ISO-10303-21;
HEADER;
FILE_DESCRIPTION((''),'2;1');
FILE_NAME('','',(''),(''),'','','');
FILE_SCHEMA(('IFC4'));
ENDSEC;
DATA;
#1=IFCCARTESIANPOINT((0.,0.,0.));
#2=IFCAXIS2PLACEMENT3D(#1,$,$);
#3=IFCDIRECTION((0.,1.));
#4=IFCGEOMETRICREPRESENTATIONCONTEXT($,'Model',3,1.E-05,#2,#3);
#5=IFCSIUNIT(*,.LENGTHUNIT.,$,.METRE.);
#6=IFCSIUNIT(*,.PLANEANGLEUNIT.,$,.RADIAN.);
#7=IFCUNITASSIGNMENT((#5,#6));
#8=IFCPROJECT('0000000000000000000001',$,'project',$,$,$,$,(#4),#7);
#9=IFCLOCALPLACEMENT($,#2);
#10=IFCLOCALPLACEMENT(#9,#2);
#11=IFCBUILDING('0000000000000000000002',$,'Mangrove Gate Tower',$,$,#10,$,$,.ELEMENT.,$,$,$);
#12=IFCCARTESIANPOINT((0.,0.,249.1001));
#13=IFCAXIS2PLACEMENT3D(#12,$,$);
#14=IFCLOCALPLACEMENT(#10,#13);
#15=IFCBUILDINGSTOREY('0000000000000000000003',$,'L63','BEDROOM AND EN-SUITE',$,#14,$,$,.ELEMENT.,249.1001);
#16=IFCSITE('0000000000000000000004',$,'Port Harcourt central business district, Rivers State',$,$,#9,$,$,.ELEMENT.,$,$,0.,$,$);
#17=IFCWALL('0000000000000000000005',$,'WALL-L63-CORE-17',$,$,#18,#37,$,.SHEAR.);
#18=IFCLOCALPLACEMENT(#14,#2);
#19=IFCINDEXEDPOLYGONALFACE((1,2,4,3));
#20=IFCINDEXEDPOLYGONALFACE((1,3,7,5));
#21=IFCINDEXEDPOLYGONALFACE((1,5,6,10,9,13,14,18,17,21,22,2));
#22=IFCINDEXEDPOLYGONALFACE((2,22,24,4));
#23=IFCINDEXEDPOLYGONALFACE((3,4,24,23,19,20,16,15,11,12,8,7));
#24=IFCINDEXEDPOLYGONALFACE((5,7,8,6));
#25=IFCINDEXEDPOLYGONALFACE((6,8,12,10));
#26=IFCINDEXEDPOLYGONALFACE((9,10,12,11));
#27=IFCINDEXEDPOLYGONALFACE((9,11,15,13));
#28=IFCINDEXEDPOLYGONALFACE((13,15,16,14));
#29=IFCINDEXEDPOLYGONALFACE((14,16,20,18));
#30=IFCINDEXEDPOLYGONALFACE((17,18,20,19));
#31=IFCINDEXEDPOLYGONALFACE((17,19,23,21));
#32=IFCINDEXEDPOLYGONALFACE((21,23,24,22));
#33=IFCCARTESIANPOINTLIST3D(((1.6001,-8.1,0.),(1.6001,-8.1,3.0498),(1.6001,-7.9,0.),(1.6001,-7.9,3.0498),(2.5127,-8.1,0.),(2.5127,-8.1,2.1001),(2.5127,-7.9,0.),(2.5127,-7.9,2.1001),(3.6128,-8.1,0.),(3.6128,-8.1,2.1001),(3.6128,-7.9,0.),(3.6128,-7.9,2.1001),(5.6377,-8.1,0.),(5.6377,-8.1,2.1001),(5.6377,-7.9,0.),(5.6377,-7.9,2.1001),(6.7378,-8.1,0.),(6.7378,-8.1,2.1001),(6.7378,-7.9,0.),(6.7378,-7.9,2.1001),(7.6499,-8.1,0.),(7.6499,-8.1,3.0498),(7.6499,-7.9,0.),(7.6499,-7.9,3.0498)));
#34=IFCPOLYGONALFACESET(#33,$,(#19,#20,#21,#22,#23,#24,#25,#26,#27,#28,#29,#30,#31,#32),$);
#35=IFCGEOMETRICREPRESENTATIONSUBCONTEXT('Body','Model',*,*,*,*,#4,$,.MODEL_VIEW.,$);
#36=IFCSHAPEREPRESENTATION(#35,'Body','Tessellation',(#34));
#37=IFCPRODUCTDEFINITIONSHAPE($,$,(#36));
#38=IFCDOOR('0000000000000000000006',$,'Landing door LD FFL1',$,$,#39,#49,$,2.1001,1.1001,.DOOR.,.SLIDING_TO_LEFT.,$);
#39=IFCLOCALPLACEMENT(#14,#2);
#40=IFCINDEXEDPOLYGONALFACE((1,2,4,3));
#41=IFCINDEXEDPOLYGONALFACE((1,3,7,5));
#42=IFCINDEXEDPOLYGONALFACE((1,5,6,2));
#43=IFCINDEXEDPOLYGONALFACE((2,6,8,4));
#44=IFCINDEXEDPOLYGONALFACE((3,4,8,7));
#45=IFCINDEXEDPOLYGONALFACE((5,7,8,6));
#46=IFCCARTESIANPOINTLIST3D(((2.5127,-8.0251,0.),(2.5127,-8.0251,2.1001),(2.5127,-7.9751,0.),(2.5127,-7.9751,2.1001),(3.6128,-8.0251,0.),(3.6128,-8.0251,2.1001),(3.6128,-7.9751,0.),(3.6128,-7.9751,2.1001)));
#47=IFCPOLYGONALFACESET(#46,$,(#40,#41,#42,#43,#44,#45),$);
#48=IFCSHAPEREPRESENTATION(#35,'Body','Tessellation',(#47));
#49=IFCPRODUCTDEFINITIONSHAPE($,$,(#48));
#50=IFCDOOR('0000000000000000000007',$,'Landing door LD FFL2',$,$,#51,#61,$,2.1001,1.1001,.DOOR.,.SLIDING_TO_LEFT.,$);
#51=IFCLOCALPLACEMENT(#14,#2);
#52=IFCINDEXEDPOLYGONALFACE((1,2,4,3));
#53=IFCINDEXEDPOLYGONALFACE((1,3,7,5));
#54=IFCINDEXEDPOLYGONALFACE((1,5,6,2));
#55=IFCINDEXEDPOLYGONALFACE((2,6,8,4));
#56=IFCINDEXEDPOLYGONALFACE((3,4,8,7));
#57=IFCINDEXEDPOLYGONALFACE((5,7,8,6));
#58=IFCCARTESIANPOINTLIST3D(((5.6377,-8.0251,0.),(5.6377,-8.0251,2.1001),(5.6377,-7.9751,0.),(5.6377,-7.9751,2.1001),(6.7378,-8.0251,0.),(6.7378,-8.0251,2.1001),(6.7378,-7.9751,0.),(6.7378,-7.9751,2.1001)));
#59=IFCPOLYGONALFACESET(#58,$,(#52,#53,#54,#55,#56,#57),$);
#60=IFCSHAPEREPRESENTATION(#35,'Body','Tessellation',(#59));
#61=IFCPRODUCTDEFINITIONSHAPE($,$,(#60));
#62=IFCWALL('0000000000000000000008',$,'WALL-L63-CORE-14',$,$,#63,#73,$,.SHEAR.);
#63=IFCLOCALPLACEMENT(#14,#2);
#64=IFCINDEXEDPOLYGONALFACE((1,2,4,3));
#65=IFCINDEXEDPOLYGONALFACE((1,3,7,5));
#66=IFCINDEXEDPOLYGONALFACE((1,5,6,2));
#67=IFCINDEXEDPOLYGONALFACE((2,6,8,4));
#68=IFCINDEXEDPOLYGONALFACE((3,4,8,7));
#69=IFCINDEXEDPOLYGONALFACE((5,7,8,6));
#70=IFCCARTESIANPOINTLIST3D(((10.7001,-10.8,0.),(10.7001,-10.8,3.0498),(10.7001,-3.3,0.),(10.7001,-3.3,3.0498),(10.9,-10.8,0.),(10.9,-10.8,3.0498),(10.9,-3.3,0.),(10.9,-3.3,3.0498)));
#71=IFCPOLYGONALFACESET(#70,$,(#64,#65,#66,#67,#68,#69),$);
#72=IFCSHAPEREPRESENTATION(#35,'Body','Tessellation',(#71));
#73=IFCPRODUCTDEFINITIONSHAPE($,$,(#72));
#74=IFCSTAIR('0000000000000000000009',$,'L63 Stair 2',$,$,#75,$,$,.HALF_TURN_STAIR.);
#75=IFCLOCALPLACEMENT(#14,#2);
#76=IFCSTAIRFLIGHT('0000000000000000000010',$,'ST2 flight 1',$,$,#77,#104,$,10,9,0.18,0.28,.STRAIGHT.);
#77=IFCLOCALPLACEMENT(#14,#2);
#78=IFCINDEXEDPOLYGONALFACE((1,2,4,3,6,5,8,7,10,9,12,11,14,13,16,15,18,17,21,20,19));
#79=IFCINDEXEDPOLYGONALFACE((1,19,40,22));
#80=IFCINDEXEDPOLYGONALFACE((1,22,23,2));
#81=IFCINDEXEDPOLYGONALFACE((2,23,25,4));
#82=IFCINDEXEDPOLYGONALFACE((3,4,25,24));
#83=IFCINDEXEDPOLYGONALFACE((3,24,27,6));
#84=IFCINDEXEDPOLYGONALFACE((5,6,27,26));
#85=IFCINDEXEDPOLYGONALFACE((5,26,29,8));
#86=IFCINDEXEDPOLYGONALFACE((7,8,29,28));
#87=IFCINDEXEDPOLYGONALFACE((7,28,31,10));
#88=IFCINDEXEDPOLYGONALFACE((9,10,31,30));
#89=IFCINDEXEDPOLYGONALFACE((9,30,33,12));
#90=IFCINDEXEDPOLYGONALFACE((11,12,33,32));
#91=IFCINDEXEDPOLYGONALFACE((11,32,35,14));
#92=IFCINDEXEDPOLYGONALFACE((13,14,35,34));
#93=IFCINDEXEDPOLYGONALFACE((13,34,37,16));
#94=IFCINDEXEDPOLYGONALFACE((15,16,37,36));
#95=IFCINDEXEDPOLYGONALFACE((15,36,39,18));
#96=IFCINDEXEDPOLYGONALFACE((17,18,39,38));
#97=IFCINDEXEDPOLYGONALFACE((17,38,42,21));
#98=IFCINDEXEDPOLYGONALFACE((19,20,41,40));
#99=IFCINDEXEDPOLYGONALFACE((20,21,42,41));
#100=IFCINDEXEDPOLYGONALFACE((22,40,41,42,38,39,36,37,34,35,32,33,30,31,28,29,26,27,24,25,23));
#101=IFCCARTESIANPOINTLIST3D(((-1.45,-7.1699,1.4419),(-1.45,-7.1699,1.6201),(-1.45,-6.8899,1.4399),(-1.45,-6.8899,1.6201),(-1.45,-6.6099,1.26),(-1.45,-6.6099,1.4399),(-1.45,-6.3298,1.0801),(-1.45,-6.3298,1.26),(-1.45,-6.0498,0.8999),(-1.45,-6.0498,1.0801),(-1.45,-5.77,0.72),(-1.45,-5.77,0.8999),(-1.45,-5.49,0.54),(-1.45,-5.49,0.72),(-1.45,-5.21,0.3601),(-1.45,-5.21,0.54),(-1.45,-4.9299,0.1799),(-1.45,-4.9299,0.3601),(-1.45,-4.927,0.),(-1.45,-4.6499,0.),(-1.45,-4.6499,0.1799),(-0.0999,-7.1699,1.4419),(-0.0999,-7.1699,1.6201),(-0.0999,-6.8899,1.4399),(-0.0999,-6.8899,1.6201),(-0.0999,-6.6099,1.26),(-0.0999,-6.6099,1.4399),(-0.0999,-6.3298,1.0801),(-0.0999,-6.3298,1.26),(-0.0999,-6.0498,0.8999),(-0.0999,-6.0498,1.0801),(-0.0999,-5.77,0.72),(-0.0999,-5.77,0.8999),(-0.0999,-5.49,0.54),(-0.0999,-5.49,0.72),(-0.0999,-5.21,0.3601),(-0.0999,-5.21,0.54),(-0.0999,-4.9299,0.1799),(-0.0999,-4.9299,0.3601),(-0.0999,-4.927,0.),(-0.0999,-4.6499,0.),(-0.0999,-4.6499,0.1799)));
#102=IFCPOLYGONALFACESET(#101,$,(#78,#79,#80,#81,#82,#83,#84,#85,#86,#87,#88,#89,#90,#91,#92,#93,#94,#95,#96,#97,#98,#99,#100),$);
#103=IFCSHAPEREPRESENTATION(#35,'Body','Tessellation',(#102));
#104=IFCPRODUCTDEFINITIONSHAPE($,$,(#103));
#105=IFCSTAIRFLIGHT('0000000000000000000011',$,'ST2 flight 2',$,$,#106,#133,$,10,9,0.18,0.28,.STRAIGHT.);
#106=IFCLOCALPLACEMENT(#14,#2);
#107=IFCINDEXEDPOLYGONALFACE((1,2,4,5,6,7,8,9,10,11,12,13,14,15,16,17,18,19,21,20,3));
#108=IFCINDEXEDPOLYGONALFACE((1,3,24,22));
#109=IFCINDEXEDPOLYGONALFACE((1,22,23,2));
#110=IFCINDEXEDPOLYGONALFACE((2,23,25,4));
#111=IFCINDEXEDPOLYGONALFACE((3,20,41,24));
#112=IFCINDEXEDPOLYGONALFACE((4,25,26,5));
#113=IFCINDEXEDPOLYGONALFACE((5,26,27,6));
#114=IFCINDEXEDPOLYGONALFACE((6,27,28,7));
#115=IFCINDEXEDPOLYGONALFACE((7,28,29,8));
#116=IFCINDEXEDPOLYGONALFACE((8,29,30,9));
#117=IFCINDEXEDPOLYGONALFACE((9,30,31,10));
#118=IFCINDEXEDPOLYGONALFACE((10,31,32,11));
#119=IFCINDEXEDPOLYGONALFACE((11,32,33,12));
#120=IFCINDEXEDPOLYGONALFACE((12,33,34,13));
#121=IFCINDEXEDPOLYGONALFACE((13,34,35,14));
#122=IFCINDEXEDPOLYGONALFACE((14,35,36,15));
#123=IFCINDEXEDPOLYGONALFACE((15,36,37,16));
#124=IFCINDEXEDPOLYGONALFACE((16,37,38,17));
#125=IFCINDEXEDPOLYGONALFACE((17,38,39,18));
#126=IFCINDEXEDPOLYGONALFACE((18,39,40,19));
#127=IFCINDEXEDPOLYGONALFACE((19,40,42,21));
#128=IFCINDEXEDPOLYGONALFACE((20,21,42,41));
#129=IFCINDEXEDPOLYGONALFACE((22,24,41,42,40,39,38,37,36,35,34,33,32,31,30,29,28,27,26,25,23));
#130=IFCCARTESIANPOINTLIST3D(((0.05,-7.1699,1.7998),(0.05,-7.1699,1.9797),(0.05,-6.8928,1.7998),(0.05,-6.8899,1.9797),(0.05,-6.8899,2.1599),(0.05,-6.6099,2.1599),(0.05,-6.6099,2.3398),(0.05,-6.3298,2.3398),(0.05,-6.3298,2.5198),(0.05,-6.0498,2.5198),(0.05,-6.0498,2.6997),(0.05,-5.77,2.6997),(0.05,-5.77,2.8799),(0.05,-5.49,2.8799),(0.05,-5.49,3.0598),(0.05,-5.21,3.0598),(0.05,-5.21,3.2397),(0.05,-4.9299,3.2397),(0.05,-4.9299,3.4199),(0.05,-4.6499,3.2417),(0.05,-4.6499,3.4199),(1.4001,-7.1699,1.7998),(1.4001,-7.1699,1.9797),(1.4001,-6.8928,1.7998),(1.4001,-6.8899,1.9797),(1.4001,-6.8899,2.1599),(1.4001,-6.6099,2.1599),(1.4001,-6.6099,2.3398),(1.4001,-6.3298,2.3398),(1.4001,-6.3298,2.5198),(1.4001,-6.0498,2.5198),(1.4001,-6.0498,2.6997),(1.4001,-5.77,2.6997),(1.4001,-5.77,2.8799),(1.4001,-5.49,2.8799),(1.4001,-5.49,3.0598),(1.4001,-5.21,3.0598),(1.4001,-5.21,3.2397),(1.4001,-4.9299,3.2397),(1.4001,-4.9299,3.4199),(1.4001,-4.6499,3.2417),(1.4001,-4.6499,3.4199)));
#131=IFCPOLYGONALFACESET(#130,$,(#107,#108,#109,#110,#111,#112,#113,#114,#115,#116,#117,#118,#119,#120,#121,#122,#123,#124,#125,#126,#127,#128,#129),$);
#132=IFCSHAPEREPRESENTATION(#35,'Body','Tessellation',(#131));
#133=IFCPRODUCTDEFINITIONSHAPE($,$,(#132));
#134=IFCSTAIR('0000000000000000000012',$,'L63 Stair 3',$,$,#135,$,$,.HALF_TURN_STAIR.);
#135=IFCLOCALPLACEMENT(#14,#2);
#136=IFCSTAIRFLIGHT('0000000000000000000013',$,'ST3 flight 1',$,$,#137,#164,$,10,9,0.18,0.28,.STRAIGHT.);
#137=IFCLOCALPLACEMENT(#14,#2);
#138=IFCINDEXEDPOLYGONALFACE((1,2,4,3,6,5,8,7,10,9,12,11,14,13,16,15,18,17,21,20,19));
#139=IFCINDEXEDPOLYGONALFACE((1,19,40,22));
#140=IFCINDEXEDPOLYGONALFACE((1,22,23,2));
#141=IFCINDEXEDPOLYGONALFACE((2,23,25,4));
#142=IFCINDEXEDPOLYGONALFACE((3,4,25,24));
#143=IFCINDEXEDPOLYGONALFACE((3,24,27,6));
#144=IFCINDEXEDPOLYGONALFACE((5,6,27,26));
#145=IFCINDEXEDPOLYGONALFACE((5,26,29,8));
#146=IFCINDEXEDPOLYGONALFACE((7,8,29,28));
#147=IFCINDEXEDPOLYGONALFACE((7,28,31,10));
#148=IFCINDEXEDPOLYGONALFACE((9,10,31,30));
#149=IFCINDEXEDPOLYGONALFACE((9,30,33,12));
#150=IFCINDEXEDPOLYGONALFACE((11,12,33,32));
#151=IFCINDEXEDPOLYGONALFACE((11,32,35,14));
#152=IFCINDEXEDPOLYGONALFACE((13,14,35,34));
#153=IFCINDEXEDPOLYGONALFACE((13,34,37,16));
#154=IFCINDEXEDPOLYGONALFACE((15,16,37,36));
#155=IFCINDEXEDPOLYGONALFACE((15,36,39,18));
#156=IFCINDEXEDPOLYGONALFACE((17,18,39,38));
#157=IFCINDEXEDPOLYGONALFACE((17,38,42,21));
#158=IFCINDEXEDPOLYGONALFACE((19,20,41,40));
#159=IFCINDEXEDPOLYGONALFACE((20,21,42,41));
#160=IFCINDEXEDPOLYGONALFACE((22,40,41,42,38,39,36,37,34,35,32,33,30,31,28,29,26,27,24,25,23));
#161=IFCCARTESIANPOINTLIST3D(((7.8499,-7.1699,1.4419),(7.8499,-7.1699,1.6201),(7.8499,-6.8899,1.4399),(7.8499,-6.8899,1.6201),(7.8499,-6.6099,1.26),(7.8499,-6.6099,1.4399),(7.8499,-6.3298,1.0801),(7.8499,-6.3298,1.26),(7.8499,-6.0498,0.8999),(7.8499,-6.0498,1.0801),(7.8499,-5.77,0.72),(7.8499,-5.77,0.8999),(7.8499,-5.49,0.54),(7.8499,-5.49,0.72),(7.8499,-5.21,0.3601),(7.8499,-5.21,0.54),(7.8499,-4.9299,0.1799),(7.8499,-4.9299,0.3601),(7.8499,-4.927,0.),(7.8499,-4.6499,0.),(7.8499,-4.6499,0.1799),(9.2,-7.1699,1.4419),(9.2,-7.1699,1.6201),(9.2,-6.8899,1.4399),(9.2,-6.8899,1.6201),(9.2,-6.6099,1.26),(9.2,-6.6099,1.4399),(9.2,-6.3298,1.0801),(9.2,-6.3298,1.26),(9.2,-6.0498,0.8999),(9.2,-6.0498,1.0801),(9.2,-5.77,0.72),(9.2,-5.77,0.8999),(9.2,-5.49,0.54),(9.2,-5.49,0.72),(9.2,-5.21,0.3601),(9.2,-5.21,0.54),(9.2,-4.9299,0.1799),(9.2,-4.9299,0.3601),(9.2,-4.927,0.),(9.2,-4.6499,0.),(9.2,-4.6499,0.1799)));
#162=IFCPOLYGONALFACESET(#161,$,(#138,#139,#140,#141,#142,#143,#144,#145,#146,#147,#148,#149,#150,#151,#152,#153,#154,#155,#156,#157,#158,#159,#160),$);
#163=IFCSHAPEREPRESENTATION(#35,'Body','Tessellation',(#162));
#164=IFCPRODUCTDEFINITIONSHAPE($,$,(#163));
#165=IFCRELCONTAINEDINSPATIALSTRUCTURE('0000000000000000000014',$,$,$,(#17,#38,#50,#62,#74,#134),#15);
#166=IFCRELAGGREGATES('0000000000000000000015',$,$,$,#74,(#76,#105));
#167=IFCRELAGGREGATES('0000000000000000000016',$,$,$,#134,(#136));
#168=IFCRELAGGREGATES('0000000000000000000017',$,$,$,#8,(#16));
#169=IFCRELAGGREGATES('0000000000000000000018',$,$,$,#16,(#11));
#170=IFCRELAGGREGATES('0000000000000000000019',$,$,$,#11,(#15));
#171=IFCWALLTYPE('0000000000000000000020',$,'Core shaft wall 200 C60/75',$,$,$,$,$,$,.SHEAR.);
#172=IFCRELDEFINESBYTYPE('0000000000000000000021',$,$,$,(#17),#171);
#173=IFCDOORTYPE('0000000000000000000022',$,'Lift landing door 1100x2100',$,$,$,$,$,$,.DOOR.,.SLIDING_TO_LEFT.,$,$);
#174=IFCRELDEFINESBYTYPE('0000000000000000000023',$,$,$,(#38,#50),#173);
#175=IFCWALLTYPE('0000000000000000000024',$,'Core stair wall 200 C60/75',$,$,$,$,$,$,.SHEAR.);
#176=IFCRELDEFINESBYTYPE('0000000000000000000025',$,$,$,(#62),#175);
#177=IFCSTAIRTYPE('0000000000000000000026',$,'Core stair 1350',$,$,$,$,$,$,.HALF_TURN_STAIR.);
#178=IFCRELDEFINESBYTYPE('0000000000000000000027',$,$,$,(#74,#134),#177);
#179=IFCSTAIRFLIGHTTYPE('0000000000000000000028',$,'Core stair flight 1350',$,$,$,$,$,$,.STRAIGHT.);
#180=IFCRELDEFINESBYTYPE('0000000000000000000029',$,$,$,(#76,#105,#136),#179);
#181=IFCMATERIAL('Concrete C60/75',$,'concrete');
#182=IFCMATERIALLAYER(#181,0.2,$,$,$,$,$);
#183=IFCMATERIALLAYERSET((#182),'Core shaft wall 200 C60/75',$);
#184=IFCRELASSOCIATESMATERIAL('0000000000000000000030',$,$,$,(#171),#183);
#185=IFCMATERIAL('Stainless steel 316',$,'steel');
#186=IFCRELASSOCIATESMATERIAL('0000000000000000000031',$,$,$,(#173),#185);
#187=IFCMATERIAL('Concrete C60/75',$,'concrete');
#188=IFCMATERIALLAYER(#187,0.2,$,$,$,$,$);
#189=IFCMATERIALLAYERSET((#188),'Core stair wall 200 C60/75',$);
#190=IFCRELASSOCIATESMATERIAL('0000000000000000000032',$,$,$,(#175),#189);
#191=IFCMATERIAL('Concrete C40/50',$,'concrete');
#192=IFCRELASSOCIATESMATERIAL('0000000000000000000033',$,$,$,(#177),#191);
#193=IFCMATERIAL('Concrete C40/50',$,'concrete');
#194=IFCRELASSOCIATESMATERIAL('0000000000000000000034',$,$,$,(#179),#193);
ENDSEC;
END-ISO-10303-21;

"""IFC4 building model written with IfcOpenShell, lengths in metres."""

from ifc_helpers import new_model, si_unit, direction, frame, frame_2d, origin, place, context, subcontext, project, spatial, polyline, rectangle, outline, extrude, material, layer, layer_set, type_object, element, fill, aggregate, save


model = new_model("IFC4")

# Units and contexts
model_context = context("Model", 3, precision=1e-05, world=origin(), true_north=direction((0.0, 1.0)))
body_context = subcontext(model_context, "Body", "Model", "MODEL_VIEW")
ifc_project = project(units=[si_unit("LENGTHUNIT", "METRE"), si_unit("PLANEANGLEUNIT", "RADIAN")], contexts=[model_context])

# Site, building, storey
site_placement = place(None, origin())
site = spatial("IfcSite", under=ifc_project, at=site_placement, Name="Port Harcourt central business district, Rivers State", CompositionType="ELEMENT", RefElevation=0.0)
building_placement = place(site_placement, origin())
building = spatial("IfcBuilding", under=site, at=building_placement, Name="Mangrove Gate Tower", CompositionType="ELEMENT")
storey_placement = place(building_placement, frame((0.0, 0.0, 249.1001)))
storey = spatial("IfcBuildingStorey", under=building, at=storey_placement, Name="L63", Description="BEDROOM AND EN-SUITE", CompositionType="ELEMENT", Elevation=249.1001)

# Wall, openings, doors
ifc_material_1 = material(Name="Concrete C60/75", Category="concrete")
ifc_layer_1 = layer(ifc_material_1, 0.2)
ifc_layer_set_1 = layer_set([ifc_layer_1], Name="Core shaft wall 200 C60/75")
wall_type_1 = type_object("IfcWallType", Name="Core shaft wall 200 C60/75", PredefinedType="SHEAR", material=ifc_layer_set_1)
wall_1_placement = place(storey_placement, frame((1.6001, -8.0, 0.0), z_axis=(0.0, 0.0, 1.0), x_axis=(1.0, 0.0, 0.0)))
wall_1 = element("IfcWall", 1, at=wall_1_placement, inside=storey, type_object=wall_type_1, Name="WALL-L63-CORE-17", PredefinedType="SHEAR", context=body_context, shape_type="SweptSolid", body=[
    extrude(rectangle(XDim=6.0498, YDim=0.2, at=frame_2d((3.0249, 0.0))), origin(), (0.0, 0.0, 1.0), 3.0498),
])
opening_1_placement = place(wall_1_placement, frame((0.9126, 0.0, 0.0)))
opening_1 = element("IfcOpeningElement", 2, at=opening_1_placement, cuts=wall_1, PredefinedType="OPENING", context=body_context, shape_type="SweptSolid", body=[
    extrude(rectangle(XDim=1.1001, YDim=2.1001, at=frame_2d((0.55, 1.05))), frame((0.0, 0.1099, 0.0), z_axis=(0.0, -1.0, 0.0), x_axis=(1.0, 0.0, 0.0)), (0.0, 0.0, 1.0), 0.22),
])
opening_2_placement = place(wall_1_placement, frame((4.0376, 0.0, 0.0)))
opening_2 = element("IfcOpeningElement", 3, at=opening_2_placement, cuts=wall_1, PredefinedType="OPENING", context=body_context, shape_type="SweptSolid", body=[
    extrude(rectangle(XDim=1.1001, YDim=2.1001, at=frame_2d((0.55, 1.05))), frame((0.0, 0.1099, 0.0), z_axis=(0.0, -1.0, 0.0), x_axis=(1.0, 0.0, 0.0)), (0.0, 0.0, 1.0), 0.22),
])
ifc_material_2 = material(Name="Stainless steel 316", Category="steel")
door_type = type_object("IfcDoorType", Name="Lift landing door 1100x2100", OperationType="SLIDING_TO_LEFT", PredefinedType="DOOR", material=ifc_material_2)
door_1_placement = place(opening_1_placement, origin())
door_1 = element("IfcDoor", 4, at=door_1_placement, inside=storey, type_object=door_type, Name="Landing door LD FFL1", OperationType="SLIDING_TO_LEFT", OverallHeight=2.1001, OverallWidth=1.1001, PredefinedType="DOOR", context=body_context, shape_type="SweptSolid", body=[
    extrude(rectangle(XDim=1.1001, YDim=2.1001, at=frame_2d((0.55, 1.05))), frame((0.0, 0.0249, 0.0), z_axis=(0.0, -1.0, 0.0), x_axis=(1.0, 0.0, 0.0)), (0.0, 0.0, 1.0), 0.05),
])
fill(opening_1, door_1)
door_2_placement = place(opening_2_placement, origin())
door_2 = element("IfcDoor", 5, at=door_2_placement, inside=storey, type_object=door_type, Name="Landing door LD FFL2", OperationType="SLIDING_TO_LEFT", OverallHeight=2.1001, OverallWidth=1.1001, PredefinedType="DOOR", context=body_context, shape_type="SweptSolid", body=[
    extrude(rectangle(XDim=1.1001, YDim=2.1001, at=frame_2d((0.55, 1.05))), frame((0.0, 0.0249, 0.0), z_axis=(0.0, -1.0, 0.0), x_axis=(1.0, 0.0, 0.0)), (0.0, 0.0, 1.0), 0.05),
])
fill(opening_2, door_2)

# Wall
ifc_material_3 = material(Name="Concrete C60/75", Category="concrete")
ifc_layer_2 = layer(ifc_material_3, 0.2)
ifc_layer_set_2 = layer_set([ifc_layer_2], Name="Core stair wall 200 C60/75")
wall_type_2 = type_object("IfcWallType", Name="Core stair wall 200 C60/75", PredefinedType="SHEAR", material=ifc_layer_set_2)
wall_2_placement = place(storey_placement, frame((10.8, -10.8, 0.0), z_axis=(0.0, 0.0, 1.0), x_axis=(0.0, 1.0, 0.0)))
element("IfcWall", 6, at=wall_2_placement, inside=storey, type_object=wall_type_2, Name="WALL-L63-CORE-14", PredefinedType="SHEAR", context=body_context, shape_type="SweptSolid", body=[
    extrude(rectangle(XDim=7.5, YDim=0.2, at=frame_2d((3.75, 0.0))), origin(), (0.0, 0.0, 1.0), 3.0498),
])

# Stairs, stair flights
ifc_material_4 = material(Name="Concrete C40/50", Category="concrete")
stair_type = type_object("IfcStairType", Name="Core stair 1350", PredefinedType="HALF_TURN_STAIR", material=ifc_material_4)
stair_1_placement = place(storey_placement, origin())
stair_1 = element("IfcStair", 7, at=stair_1_placement, inside=storey, type_object=stair_type, Name="L63 Stair 2", PredefinedType="HALF_TURN_STAIR")
ifc_material_5 = material(Name="Concrete C40/50", Category="concrete")
stair_flight_type = type_object("IfcStairFlightType", Name="Core stair flight 1350", PredefinedType="STRAIGHT", material=ifc_material_5)
stair_flight_1_placement = place(storey_placement, frame((-0.7749, -4.6499, 0.0), z_axis=(0.0, 0.0, 1.0), x_axis=(0.0, -1.0, 0.0)))
stair_flight_1 = element("IfcStairFlight", 8, at=stair_flight_1_placement, type_object=stair_flight_type, Name="ST2 flight 1", NumberOfRisers=10, NumberOfTreads=9, PredefinedType="STRAIGHT", RiserHeight=0.18, TreadLength=0.28, context=body_context, shape_type="SweptSolid", body=[
    extrude(outline(polyline([(0.0, 0.0), (0.0, 0.1799), (0.28, 0.1799), (0.28, 0.3601), (0.5601, 0.3601), (0.5601, 0.54), (0.8401, 0.54), (0.8401, 0.72), (1.1201, 0.72), (1.1201, 0.8999), (1.3999, 0.8999), (1.3999, 1.0801), (1.6799, 1.0801), (1.6799, 1.26), (1.96, 1.26), (1.96, 1.4399), (2.24, 1.4399), (2.24, 1.6201), (2.52, 1.6201), (2.52, 1.8), (2.52, 1.4419), (0.2771, 0.0), (0.0, 0.0)])), frame((0.0, 0.675, 0.0), z_axis=(0.0, -1.0, 0.0), x_axis=(1.0, 0.0, 0.0)), (0.0, 0.0, 1.0), 1.3501),
])
stair_flight_2_placement = place(storey_placement, frame((0.7251, -7.1699, 1.7998), z_axis=(0.0, 0.0, 1.0), x_axis=(0.0, 1.0, 0.0)))
stair_flight_2 = element("IfcStairFlight", 9, at=stair_flight_2_placement, type_object=stair_flight_type, Name="ST2 flight 2", NumberOfRisers=10, NumberOfTreads=9, PredefinedType="STRAIGHT", RiserHeight=0.18, TreadLength=0.28, context=body_context, shape_type="SweptSolid", body=[
    extrude(outline(polyline([(0.0, 0.0), (0.0, 0.1799), (0.28, 0.1799), (0.28, 0.3601), (0.5601, 0.3601), (0.5601, 0.54), (0.8401, 0.54), (0.8401, 0.72), (1.1201, 0.72), (1.1201, 0.8999), (1.3999, 0.8999), (1.3999, 1.0801), (1.6799, 1.0801), (1.6799, 1.26), (1.96, 1.26), (1.96, 1.4399), (2.24, 1.4399), (2.24, 1.6201), (2.52, 1.6201), (2.52, 1.8), (2.52, 1.4419), (0.2771, 0.0), (0.0, 0.0)])), frame((0.0, 0.675, 0.0), z_axis=(0.0, -1.0, 0.0), x_axis=(1.0, 0.0, 0.0)), (0.0, 0.0, 1.0), 1.3501),
])
aggregate(stair_1, [stair_flight_1, stair_flight_2])
stair_2_placement = place(storey_placement, origin())
stair_2 = element("IfcStair", 10, at=stair_2_placement, inside=storey, type_object=stair_type, Name="L63 Stair 3", PredefinedType="HALF_TURN_STAIR")
stair_flight_3_placement = place(storey_placement, frame((8.5249, -4.6499, 0.0), z_axis=(0.0, 0.0, 1.0), x_axis=(0.0, -1.0, 0.0)))
stair_flight_3 = element("IfcStairFlight", 11, at=stair_flight_3_placement, type_object=stair_flight_type, Name="ST3 flight 1", NumberOfRisers=10, NumberOfTreads=9, PredefinedType="STRAIGHT", RiserHeight=0.18, TreadLength=0.28, context=body_context, shape_type="SweptSolid", body=[
    extrude(outline(polyline([(0.0, 0.0), (0.0, 0.1799), (0.28, 0.1799), (0.28, 0.3601), (0.5601, 0.3601), (0.5601, 0.54), (0.8401, 0.54), (0.8401, 0.72), (1.1201, 0.72), (1.1201, 0.8999), (1.3999, 0.8999), (1.3999, 1.0801), (1.6799, 1.0801), (1.6799, 1.26), (1.96, 1.26), (1.96, 1.4399), (2.24, 1.4399), (2.24, 1.6201), (2.52, 1.6201), (2.52, 1.8), (2.52, 1.4419), (0.2771, 0.0), (0.0, 0.0)])), frame((0.0, 0.675, 0.0), z_axis=(0.0, -1.0, 0.0), x_axis=(1.0, 0.0, 0.0)), (0.0, 0.0, 1.0), 1.3501),
])
aggregate(stair_2, [stair_flight_3])

save(model, "model.ifc")
